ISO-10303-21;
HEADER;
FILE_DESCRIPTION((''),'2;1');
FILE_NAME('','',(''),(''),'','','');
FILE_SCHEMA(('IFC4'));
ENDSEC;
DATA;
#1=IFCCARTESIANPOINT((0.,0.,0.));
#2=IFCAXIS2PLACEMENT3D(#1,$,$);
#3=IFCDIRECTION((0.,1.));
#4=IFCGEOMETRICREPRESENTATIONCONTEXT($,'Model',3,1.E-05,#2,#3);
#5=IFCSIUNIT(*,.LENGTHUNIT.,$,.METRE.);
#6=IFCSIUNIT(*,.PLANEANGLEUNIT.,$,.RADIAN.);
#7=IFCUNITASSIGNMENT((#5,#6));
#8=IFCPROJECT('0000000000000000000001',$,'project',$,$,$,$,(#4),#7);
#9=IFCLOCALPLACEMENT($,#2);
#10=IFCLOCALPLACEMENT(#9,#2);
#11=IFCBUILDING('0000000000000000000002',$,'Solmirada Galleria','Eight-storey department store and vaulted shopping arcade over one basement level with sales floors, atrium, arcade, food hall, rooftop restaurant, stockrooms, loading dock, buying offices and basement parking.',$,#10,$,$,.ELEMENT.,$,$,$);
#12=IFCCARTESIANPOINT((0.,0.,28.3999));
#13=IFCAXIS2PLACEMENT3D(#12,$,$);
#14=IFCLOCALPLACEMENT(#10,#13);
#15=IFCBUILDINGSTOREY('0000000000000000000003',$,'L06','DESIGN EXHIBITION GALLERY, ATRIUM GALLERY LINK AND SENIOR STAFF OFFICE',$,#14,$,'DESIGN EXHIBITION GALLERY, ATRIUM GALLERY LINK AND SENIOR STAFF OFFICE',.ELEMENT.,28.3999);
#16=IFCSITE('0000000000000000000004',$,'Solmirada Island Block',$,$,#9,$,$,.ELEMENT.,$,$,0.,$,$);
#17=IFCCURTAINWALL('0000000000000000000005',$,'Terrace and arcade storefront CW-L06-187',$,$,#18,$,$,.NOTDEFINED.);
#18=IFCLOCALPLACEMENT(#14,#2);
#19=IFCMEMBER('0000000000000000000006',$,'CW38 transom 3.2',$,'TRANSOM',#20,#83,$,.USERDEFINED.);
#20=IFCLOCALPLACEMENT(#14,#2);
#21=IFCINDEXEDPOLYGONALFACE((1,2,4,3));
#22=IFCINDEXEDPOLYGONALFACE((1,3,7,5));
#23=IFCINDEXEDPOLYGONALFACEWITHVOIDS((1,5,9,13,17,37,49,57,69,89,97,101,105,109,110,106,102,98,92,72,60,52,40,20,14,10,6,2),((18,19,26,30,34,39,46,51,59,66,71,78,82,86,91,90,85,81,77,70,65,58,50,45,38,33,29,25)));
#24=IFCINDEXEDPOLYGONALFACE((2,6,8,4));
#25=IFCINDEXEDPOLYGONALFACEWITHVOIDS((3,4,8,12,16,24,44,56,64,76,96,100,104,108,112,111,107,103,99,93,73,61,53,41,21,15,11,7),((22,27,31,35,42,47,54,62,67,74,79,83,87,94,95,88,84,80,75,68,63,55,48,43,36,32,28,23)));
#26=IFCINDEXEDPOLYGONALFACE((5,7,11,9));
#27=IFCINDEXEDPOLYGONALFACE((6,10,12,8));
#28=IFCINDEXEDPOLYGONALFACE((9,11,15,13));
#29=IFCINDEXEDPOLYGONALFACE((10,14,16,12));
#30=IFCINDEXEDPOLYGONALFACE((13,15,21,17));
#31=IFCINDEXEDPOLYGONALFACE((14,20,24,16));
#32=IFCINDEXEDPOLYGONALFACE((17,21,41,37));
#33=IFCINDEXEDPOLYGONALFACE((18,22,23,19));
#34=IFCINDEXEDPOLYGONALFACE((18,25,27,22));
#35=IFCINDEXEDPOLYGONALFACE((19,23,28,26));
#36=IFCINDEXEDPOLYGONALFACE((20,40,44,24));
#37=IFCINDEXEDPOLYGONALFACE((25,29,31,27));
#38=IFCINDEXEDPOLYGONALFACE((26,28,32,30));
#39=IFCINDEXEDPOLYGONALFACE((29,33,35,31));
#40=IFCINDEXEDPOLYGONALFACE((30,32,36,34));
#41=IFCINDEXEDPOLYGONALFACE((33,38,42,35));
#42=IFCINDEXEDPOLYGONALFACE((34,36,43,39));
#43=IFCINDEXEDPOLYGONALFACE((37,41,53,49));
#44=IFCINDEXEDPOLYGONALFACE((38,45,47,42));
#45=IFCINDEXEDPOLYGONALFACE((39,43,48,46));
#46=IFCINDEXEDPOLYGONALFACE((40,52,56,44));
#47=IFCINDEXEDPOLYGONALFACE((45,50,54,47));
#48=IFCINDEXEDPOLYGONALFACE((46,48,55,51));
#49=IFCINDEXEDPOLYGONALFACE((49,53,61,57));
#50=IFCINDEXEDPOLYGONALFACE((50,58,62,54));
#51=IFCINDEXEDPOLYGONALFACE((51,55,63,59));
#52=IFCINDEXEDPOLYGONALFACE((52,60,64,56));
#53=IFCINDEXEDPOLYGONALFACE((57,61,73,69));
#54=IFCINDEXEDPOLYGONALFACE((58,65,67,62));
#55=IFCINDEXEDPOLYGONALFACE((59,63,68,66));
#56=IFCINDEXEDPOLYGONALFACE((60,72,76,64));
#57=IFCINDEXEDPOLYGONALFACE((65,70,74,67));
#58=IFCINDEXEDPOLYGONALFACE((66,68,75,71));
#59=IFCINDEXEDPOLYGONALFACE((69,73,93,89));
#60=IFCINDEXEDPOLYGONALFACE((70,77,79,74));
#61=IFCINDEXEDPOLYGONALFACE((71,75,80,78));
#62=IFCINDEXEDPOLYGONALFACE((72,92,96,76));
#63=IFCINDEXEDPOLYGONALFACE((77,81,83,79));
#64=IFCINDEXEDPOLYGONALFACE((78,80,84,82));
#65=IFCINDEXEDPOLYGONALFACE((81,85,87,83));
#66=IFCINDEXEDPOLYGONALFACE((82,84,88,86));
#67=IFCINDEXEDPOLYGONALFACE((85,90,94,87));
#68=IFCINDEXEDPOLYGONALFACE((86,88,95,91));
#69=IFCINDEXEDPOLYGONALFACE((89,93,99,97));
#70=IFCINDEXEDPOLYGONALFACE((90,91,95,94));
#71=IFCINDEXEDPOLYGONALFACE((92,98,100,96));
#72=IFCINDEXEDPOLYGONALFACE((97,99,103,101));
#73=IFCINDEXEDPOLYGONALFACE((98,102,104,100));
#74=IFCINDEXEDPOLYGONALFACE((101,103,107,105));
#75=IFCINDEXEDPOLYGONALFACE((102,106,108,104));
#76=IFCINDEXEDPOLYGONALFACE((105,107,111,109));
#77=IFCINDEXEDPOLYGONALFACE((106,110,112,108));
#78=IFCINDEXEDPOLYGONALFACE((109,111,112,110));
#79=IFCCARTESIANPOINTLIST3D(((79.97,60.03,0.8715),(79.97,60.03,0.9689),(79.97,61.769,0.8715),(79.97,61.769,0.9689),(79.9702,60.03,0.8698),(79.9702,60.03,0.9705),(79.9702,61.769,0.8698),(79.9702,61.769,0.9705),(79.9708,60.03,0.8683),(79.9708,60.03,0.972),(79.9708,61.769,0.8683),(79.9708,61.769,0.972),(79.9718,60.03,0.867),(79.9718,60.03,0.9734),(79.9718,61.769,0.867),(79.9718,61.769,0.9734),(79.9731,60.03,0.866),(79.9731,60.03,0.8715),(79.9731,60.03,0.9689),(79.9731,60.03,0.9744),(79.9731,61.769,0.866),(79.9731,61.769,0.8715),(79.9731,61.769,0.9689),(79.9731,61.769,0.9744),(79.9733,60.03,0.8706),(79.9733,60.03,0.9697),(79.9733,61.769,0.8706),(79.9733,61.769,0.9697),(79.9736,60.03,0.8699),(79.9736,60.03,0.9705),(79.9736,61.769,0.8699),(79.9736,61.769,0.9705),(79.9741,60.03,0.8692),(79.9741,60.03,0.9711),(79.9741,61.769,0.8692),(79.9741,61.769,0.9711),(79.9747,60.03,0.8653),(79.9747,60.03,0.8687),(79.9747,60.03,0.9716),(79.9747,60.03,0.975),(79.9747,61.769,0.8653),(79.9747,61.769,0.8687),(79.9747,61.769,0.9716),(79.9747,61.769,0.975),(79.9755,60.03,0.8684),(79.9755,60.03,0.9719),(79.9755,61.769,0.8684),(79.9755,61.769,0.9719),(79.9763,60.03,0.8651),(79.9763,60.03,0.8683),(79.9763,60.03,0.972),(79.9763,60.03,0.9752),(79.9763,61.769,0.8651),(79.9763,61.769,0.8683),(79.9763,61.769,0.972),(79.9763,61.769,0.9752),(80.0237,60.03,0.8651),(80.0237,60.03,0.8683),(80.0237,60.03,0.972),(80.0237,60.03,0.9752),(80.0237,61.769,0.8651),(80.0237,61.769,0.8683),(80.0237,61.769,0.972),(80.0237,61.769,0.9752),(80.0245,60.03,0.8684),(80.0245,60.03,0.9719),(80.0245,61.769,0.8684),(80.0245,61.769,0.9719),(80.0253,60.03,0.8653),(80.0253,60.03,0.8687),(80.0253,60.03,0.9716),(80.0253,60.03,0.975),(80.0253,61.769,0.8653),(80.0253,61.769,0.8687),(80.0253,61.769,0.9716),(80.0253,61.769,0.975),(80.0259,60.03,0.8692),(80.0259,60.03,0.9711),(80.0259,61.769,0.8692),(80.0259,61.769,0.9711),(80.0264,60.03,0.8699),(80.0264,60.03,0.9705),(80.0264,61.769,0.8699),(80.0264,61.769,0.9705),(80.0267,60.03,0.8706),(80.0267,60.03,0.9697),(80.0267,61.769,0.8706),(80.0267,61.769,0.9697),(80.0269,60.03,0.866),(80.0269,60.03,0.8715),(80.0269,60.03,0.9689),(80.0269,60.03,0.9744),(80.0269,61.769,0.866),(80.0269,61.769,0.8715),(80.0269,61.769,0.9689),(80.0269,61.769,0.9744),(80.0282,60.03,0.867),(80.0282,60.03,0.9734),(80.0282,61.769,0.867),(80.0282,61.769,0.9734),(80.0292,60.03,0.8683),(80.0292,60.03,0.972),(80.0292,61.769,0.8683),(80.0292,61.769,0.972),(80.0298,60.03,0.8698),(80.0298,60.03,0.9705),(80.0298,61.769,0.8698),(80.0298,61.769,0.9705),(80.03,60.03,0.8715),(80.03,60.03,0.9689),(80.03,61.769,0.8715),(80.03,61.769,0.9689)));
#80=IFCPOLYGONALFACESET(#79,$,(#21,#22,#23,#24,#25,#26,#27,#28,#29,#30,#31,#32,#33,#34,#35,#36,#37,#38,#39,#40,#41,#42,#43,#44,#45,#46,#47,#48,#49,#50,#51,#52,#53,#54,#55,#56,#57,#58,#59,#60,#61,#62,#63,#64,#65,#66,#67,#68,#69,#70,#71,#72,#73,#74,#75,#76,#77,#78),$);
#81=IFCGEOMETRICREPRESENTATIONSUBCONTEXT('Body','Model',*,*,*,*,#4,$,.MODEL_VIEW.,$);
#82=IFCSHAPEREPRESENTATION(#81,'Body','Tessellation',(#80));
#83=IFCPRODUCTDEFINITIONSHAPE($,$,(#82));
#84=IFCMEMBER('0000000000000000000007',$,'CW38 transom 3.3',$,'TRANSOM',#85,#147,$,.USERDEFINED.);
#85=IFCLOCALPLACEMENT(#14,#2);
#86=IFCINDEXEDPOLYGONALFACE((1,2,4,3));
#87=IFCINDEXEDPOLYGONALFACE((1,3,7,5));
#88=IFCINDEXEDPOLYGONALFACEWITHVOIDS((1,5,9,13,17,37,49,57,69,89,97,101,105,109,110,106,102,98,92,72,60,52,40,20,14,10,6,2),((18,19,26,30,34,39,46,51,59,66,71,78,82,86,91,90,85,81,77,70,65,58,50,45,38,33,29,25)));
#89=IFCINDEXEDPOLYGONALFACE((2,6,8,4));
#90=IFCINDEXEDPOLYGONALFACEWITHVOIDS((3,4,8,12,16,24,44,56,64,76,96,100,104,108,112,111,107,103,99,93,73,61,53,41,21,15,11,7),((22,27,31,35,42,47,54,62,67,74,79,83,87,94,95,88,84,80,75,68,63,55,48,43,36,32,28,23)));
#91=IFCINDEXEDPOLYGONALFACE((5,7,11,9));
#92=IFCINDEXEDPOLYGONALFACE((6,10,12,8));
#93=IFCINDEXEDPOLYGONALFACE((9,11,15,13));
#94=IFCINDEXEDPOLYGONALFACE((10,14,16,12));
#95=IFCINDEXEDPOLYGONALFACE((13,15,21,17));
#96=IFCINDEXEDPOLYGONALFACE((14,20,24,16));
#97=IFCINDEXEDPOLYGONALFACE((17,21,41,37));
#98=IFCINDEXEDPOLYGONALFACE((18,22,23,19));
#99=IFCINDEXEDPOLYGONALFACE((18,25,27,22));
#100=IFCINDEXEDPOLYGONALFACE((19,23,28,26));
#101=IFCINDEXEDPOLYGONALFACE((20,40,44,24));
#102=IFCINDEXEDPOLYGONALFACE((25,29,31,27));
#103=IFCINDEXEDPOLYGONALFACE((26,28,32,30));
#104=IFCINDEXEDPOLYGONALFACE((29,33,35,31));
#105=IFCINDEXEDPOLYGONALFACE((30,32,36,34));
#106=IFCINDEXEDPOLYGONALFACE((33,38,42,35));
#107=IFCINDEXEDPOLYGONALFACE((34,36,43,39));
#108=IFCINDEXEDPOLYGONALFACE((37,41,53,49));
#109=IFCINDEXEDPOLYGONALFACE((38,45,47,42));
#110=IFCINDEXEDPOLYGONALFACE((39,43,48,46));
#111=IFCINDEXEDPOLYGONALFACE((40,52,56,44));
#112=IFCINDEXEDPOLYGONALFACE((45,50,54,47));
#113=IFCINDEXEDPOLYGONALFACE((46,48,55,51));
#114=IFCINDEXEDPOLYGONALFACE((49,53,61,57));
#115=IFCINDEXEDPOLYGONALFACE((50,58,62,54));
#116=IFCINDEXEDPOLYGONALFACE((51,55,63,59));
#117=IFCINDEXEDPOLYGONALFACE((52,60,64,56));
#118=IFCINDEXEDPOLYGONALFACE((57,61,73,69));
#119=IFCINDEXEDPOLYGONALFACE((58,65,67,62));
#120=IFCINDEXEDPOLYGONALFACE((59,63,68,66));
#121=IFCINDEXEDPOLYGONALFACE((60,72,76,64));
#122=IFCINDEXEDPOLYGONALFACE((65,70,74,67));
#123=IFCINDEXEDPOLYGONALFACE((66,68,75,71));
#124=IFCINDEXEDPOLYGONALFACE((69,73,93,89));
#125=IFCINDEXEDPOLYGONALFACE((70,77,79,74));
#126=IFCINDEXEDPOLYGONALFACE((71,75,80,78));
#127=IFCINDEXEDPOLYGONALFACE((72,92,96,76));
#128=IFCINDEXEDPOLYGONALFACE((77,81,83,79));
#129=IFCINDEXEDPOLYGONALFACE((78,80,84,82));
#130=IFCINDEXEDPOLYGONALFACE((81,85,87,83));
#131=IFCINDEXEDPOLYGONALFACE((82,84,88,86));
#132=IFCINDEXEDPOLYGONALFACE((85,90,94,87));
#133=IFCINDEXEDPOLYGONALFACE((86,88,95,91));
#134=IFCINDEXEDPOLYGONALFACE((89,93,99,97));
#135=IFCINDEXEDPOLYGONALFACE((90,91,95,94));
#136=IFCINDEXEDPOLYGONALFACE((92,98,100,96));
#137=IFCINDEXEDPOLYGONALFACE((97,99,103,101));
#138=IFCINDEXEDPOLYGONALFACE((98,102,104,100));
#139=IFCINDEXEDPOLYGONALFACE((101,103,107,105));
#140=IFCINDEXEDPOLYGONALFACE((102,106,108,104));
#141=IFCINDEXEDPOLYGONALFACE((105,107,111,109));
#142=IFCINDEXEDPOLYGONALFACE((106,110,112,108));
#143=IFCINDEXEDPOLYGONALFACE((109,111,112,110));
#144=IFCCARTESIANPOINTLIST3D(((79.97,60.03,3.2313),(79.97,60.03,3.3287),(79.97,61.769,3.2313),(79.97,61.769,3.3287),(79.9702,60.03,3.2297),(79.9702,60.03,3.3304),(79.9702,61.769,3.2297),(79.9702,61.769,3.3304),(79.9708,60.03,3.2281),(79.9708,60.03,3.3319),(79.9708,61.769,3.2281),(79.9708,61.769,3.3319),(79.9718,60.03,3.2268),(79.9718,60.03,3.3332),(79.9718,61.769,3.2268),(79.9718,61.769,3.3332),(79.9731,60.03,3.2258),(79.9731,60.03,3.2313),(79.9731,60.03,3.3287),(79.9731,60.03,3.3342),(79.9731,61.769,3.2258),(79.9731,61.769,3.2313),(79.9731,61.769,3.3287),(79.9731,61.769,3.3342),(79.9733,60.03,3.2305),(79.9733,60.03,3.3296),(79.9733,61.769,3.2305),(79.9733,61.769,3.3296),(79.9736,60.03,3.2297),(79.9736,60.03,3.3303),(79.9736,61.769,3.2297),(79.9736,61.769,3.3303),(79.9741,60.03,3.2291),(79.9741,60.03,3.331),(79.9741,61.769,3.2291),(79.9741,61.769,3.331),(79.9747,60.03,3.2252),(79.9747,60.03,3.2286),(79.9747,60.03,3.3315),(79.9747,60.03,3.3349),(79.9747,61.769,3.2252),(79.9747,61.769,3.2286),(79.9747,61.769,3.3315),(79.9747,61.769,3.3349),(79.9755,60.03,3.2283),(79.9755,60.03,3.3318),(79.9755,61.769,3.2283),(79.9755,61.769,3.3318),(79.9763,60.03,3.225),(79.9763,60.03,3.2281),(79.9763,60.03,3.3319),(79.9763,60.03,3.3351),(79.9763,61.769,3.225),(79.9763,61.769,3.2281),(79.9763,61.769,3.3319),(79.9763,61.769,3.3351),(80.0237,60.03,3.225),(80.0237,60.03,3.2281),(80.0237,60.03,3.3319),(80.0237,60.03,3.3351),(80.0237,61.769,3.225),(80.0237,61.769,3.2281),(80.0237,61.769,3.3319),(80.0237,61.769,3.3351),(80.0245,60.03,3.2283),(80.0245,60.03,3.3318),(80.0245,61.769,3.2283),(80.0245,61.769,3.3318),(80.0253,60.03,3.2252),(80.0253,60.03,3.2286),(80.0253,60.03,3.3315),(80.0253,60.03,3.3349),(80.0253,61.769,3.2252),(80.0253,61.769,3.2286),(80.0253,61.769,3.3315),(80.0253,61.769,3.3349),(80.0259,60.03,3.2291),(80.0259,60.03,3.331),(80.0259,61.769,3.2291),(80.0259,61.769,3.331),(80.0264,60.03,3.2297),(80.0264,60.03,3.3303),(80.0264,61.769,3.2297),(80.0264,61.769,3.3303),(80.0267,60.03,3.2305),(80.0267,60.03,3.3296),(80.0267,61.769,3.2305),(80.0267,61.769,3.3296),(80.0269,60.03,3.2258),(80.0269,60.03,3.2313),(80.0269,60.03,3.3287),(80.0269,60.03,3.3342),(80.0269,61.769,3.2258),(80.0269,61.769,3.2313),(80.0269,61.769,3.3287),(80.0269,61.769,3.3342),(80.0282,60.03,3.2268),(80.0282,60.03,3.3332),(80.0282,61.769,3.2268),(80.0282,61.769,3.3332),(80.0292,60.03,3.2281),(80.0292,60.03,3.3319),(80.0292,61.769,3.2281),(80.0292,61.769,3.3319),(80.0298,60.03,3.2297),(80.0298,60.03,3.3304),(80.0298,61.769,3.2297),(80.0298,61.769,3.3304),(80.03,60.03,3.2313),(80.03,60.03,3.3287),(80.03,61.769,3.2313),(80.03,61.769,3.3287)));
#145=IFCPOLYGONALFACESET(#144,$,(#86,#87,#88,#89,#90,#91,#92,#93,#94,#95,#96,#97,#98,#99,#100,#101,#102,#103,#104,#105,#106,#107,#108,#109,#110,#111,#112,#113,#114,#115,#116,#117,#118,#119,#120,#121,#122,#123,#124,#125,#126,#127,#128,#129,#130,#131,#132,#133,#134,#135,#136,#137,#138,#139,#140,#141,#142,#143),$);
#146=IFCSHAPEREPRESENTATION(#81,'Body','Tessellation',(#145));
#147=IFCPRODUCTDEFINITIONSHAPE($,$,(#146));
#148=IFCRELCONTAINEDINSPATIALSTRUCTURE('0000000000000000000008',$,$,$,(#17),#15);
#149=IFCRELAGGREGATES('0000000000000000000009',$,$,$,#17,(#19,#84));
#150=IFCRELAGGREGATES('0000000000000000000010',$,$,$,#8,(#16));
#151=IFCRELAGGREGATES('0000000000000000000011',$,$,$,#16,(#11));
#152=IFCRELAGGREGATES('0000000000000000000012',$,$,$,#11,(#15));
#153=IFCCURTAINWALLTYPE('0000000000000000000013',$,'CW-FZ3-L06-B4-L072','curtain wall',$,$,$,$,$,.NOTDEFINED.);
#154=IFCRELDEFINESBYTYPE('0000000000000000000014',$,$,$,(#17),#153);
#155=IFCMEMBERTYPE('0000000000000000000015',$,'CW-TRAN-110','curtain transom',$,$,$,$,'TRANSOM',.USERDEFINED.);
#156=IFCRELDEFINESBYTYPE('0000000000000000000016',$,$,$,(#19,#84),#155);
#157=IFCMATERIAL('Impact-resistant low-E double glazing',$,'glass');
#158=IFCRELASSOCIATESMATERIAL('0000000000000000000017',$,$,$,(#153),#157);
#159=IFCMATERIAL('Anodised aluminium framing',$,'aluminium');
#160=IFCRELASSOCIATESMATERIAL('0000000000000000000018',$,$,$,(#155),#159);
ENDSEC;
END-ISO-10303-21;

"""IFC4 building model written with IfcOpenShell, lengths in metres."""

from ifc_helpers import new_model, si_unit, direction, frame, origin, origin_2d, place, context, subcontext, project, spatial, hollow_rectangle, extrude, material, material_profile, profile_set, type_object, element, aggregate, save


model = new_model("IFC4")

# Units and contexts
model_context = context("Model", 3, precision=1e-05, world=origin(), true_north=direction((0.0, 1.0)))
body_context = subcontext(model_context, "Body", "Model", "MODEL_VIEW")
ifc_project = project(units=[si_unit("LENGTHUNIT", "METRE"), si_unit("PLANEANGLEUNIT", "RADIAN")], contexts=[model_context])

# Site, building, storey
site_placement = place(None, origin())
site = spatial("IfcSite", under=ifc_project, at=site_placement, Name="Solmirada Island Block", CompositionType="ELEMENT", RefElevation=0.0)
building_placement = place(site_placement, origin())
building = spatial("IfcBuilding", under=site, at=building_placement, Name="Solmirada Galleria", Description="Eight-storey department store and vaulted shopping arcade over one basement level with sales floors, atrium, arcade, food hall, rooftop restaurant, stockrooms, loading dock, buying offices and basement parking.", CompositionType="ELEMENT")
storey_placement = place(building_placement, frame((0.0, 0.0, 28.3999)))
storey = spatial("IfcBuildingStorey", under=building, at=storey_placement, Name="L06", Description="DESIGN EXHIBITION GALLERY, ATRIUM GALLERY LINK AND SENIOR STAFF OFFICE", LongName="DESIGN EXHIBITION GALLERY, ATRIUM GALLERY LINK AND SENIOR STAFF OFFICE", CompositionType="ELEMENT", Elevation=28.3999)

# Shared definitions
ifc_material_1 = material(Name="Impact-resistant low-E double glazing", Category="glass")
curtain_wall_type = type_object("IfcCurtainWallType", Name="CW-FZ3-L06-B4-L072", Description="curtain wall", PredefinedType="NOTDEFINED", material=ifc_material_1)
ifc_material_2 = material(Name="Anodised aluminium framing", Category="aluminium")

# Curtain wall, members
curtain_wall_1_placement = place(storey_placement, origin())
curtain_wall_1 = element("IfcCurtainWall", 1, at=curtain_wall_1_placement, inside=storey, type_object=curtain_wall_type, Name="Terrace and arcade storefront CW-L06-187", PredefinedType="NOTDEFINED")
ifc_material_profile_1 = material_profile(ifc_material_2, hollow_rectangle(XDim=0.0601, YDim=0.1101, WallThickness=0.0032, InnerFilletRadius=0.0032, OuterFilletRadius=0.0063, at=origin_2d()), Name="ALU-TRAN-110X60")
ifc_profile_set_1 = profile_set([ifc_material_profile_1], Name="Anodised aluminium framing")
member_type_1 = type_object("IfcMemberType", Name="CW-TRAN-110", Description="curtain transom", ElementType="TRANSOM", PredefinedType="USERDEFINED", material=ifc_profile_set_1)
member_1_placement = place(storey_placement, frame((80.0, 60.03, 0.9202), z_axis=(0.0, 1.0, 0.0), x_axis=(-1.0, 0.0, 0.0)))
member_1 = element("IfcMember", 2, at=member_1_placement, type_object=member_type_1, Name="CW38 transom 3.2", ObjectType="TRANSOM", PredefinedType="USERDEFINED", context=body_context, shape_type="SweptSolid", body=[
    extrude(hollow_rectangle(XDim=0.0601, YDim=0.1101, WallThickness=0.0032, InnerFilletRadius=0.0032, OuterFilletRadius=0.0063, at=origin_2d()), origin(), (0.0, 0.0, 1.0), 1.739),
])
member_2_placement = place(storey_placement, frame((80.0, 60.03, 3.28), z_axis=(0.0, 1.0, 0.0), x_axis=(-1.0, 0.0, 0.0)))
member_2 = element("IfcMember", 3, at=member_2_placement, type_object=member_type_1, Name="CW38 transom 3.3", ObjectType="TRANSOM", PredefinedType="USERDEFINED", context=body_context, shape_type="SweptSolid", body=[
    extrude(hollow_rectangle(XDim=0.0601, YDim=0.1101, WallThickness=0.0032, InnerFilletRadius=0.0032, OuterFilletRadius=0.0063, at=origin_2d()), origin(), (0.0, 0.0, 1.0), 1.739),
])

aggregate(curtain_wall_1, [member_1, member_2])

save(model, "model.ifc")
